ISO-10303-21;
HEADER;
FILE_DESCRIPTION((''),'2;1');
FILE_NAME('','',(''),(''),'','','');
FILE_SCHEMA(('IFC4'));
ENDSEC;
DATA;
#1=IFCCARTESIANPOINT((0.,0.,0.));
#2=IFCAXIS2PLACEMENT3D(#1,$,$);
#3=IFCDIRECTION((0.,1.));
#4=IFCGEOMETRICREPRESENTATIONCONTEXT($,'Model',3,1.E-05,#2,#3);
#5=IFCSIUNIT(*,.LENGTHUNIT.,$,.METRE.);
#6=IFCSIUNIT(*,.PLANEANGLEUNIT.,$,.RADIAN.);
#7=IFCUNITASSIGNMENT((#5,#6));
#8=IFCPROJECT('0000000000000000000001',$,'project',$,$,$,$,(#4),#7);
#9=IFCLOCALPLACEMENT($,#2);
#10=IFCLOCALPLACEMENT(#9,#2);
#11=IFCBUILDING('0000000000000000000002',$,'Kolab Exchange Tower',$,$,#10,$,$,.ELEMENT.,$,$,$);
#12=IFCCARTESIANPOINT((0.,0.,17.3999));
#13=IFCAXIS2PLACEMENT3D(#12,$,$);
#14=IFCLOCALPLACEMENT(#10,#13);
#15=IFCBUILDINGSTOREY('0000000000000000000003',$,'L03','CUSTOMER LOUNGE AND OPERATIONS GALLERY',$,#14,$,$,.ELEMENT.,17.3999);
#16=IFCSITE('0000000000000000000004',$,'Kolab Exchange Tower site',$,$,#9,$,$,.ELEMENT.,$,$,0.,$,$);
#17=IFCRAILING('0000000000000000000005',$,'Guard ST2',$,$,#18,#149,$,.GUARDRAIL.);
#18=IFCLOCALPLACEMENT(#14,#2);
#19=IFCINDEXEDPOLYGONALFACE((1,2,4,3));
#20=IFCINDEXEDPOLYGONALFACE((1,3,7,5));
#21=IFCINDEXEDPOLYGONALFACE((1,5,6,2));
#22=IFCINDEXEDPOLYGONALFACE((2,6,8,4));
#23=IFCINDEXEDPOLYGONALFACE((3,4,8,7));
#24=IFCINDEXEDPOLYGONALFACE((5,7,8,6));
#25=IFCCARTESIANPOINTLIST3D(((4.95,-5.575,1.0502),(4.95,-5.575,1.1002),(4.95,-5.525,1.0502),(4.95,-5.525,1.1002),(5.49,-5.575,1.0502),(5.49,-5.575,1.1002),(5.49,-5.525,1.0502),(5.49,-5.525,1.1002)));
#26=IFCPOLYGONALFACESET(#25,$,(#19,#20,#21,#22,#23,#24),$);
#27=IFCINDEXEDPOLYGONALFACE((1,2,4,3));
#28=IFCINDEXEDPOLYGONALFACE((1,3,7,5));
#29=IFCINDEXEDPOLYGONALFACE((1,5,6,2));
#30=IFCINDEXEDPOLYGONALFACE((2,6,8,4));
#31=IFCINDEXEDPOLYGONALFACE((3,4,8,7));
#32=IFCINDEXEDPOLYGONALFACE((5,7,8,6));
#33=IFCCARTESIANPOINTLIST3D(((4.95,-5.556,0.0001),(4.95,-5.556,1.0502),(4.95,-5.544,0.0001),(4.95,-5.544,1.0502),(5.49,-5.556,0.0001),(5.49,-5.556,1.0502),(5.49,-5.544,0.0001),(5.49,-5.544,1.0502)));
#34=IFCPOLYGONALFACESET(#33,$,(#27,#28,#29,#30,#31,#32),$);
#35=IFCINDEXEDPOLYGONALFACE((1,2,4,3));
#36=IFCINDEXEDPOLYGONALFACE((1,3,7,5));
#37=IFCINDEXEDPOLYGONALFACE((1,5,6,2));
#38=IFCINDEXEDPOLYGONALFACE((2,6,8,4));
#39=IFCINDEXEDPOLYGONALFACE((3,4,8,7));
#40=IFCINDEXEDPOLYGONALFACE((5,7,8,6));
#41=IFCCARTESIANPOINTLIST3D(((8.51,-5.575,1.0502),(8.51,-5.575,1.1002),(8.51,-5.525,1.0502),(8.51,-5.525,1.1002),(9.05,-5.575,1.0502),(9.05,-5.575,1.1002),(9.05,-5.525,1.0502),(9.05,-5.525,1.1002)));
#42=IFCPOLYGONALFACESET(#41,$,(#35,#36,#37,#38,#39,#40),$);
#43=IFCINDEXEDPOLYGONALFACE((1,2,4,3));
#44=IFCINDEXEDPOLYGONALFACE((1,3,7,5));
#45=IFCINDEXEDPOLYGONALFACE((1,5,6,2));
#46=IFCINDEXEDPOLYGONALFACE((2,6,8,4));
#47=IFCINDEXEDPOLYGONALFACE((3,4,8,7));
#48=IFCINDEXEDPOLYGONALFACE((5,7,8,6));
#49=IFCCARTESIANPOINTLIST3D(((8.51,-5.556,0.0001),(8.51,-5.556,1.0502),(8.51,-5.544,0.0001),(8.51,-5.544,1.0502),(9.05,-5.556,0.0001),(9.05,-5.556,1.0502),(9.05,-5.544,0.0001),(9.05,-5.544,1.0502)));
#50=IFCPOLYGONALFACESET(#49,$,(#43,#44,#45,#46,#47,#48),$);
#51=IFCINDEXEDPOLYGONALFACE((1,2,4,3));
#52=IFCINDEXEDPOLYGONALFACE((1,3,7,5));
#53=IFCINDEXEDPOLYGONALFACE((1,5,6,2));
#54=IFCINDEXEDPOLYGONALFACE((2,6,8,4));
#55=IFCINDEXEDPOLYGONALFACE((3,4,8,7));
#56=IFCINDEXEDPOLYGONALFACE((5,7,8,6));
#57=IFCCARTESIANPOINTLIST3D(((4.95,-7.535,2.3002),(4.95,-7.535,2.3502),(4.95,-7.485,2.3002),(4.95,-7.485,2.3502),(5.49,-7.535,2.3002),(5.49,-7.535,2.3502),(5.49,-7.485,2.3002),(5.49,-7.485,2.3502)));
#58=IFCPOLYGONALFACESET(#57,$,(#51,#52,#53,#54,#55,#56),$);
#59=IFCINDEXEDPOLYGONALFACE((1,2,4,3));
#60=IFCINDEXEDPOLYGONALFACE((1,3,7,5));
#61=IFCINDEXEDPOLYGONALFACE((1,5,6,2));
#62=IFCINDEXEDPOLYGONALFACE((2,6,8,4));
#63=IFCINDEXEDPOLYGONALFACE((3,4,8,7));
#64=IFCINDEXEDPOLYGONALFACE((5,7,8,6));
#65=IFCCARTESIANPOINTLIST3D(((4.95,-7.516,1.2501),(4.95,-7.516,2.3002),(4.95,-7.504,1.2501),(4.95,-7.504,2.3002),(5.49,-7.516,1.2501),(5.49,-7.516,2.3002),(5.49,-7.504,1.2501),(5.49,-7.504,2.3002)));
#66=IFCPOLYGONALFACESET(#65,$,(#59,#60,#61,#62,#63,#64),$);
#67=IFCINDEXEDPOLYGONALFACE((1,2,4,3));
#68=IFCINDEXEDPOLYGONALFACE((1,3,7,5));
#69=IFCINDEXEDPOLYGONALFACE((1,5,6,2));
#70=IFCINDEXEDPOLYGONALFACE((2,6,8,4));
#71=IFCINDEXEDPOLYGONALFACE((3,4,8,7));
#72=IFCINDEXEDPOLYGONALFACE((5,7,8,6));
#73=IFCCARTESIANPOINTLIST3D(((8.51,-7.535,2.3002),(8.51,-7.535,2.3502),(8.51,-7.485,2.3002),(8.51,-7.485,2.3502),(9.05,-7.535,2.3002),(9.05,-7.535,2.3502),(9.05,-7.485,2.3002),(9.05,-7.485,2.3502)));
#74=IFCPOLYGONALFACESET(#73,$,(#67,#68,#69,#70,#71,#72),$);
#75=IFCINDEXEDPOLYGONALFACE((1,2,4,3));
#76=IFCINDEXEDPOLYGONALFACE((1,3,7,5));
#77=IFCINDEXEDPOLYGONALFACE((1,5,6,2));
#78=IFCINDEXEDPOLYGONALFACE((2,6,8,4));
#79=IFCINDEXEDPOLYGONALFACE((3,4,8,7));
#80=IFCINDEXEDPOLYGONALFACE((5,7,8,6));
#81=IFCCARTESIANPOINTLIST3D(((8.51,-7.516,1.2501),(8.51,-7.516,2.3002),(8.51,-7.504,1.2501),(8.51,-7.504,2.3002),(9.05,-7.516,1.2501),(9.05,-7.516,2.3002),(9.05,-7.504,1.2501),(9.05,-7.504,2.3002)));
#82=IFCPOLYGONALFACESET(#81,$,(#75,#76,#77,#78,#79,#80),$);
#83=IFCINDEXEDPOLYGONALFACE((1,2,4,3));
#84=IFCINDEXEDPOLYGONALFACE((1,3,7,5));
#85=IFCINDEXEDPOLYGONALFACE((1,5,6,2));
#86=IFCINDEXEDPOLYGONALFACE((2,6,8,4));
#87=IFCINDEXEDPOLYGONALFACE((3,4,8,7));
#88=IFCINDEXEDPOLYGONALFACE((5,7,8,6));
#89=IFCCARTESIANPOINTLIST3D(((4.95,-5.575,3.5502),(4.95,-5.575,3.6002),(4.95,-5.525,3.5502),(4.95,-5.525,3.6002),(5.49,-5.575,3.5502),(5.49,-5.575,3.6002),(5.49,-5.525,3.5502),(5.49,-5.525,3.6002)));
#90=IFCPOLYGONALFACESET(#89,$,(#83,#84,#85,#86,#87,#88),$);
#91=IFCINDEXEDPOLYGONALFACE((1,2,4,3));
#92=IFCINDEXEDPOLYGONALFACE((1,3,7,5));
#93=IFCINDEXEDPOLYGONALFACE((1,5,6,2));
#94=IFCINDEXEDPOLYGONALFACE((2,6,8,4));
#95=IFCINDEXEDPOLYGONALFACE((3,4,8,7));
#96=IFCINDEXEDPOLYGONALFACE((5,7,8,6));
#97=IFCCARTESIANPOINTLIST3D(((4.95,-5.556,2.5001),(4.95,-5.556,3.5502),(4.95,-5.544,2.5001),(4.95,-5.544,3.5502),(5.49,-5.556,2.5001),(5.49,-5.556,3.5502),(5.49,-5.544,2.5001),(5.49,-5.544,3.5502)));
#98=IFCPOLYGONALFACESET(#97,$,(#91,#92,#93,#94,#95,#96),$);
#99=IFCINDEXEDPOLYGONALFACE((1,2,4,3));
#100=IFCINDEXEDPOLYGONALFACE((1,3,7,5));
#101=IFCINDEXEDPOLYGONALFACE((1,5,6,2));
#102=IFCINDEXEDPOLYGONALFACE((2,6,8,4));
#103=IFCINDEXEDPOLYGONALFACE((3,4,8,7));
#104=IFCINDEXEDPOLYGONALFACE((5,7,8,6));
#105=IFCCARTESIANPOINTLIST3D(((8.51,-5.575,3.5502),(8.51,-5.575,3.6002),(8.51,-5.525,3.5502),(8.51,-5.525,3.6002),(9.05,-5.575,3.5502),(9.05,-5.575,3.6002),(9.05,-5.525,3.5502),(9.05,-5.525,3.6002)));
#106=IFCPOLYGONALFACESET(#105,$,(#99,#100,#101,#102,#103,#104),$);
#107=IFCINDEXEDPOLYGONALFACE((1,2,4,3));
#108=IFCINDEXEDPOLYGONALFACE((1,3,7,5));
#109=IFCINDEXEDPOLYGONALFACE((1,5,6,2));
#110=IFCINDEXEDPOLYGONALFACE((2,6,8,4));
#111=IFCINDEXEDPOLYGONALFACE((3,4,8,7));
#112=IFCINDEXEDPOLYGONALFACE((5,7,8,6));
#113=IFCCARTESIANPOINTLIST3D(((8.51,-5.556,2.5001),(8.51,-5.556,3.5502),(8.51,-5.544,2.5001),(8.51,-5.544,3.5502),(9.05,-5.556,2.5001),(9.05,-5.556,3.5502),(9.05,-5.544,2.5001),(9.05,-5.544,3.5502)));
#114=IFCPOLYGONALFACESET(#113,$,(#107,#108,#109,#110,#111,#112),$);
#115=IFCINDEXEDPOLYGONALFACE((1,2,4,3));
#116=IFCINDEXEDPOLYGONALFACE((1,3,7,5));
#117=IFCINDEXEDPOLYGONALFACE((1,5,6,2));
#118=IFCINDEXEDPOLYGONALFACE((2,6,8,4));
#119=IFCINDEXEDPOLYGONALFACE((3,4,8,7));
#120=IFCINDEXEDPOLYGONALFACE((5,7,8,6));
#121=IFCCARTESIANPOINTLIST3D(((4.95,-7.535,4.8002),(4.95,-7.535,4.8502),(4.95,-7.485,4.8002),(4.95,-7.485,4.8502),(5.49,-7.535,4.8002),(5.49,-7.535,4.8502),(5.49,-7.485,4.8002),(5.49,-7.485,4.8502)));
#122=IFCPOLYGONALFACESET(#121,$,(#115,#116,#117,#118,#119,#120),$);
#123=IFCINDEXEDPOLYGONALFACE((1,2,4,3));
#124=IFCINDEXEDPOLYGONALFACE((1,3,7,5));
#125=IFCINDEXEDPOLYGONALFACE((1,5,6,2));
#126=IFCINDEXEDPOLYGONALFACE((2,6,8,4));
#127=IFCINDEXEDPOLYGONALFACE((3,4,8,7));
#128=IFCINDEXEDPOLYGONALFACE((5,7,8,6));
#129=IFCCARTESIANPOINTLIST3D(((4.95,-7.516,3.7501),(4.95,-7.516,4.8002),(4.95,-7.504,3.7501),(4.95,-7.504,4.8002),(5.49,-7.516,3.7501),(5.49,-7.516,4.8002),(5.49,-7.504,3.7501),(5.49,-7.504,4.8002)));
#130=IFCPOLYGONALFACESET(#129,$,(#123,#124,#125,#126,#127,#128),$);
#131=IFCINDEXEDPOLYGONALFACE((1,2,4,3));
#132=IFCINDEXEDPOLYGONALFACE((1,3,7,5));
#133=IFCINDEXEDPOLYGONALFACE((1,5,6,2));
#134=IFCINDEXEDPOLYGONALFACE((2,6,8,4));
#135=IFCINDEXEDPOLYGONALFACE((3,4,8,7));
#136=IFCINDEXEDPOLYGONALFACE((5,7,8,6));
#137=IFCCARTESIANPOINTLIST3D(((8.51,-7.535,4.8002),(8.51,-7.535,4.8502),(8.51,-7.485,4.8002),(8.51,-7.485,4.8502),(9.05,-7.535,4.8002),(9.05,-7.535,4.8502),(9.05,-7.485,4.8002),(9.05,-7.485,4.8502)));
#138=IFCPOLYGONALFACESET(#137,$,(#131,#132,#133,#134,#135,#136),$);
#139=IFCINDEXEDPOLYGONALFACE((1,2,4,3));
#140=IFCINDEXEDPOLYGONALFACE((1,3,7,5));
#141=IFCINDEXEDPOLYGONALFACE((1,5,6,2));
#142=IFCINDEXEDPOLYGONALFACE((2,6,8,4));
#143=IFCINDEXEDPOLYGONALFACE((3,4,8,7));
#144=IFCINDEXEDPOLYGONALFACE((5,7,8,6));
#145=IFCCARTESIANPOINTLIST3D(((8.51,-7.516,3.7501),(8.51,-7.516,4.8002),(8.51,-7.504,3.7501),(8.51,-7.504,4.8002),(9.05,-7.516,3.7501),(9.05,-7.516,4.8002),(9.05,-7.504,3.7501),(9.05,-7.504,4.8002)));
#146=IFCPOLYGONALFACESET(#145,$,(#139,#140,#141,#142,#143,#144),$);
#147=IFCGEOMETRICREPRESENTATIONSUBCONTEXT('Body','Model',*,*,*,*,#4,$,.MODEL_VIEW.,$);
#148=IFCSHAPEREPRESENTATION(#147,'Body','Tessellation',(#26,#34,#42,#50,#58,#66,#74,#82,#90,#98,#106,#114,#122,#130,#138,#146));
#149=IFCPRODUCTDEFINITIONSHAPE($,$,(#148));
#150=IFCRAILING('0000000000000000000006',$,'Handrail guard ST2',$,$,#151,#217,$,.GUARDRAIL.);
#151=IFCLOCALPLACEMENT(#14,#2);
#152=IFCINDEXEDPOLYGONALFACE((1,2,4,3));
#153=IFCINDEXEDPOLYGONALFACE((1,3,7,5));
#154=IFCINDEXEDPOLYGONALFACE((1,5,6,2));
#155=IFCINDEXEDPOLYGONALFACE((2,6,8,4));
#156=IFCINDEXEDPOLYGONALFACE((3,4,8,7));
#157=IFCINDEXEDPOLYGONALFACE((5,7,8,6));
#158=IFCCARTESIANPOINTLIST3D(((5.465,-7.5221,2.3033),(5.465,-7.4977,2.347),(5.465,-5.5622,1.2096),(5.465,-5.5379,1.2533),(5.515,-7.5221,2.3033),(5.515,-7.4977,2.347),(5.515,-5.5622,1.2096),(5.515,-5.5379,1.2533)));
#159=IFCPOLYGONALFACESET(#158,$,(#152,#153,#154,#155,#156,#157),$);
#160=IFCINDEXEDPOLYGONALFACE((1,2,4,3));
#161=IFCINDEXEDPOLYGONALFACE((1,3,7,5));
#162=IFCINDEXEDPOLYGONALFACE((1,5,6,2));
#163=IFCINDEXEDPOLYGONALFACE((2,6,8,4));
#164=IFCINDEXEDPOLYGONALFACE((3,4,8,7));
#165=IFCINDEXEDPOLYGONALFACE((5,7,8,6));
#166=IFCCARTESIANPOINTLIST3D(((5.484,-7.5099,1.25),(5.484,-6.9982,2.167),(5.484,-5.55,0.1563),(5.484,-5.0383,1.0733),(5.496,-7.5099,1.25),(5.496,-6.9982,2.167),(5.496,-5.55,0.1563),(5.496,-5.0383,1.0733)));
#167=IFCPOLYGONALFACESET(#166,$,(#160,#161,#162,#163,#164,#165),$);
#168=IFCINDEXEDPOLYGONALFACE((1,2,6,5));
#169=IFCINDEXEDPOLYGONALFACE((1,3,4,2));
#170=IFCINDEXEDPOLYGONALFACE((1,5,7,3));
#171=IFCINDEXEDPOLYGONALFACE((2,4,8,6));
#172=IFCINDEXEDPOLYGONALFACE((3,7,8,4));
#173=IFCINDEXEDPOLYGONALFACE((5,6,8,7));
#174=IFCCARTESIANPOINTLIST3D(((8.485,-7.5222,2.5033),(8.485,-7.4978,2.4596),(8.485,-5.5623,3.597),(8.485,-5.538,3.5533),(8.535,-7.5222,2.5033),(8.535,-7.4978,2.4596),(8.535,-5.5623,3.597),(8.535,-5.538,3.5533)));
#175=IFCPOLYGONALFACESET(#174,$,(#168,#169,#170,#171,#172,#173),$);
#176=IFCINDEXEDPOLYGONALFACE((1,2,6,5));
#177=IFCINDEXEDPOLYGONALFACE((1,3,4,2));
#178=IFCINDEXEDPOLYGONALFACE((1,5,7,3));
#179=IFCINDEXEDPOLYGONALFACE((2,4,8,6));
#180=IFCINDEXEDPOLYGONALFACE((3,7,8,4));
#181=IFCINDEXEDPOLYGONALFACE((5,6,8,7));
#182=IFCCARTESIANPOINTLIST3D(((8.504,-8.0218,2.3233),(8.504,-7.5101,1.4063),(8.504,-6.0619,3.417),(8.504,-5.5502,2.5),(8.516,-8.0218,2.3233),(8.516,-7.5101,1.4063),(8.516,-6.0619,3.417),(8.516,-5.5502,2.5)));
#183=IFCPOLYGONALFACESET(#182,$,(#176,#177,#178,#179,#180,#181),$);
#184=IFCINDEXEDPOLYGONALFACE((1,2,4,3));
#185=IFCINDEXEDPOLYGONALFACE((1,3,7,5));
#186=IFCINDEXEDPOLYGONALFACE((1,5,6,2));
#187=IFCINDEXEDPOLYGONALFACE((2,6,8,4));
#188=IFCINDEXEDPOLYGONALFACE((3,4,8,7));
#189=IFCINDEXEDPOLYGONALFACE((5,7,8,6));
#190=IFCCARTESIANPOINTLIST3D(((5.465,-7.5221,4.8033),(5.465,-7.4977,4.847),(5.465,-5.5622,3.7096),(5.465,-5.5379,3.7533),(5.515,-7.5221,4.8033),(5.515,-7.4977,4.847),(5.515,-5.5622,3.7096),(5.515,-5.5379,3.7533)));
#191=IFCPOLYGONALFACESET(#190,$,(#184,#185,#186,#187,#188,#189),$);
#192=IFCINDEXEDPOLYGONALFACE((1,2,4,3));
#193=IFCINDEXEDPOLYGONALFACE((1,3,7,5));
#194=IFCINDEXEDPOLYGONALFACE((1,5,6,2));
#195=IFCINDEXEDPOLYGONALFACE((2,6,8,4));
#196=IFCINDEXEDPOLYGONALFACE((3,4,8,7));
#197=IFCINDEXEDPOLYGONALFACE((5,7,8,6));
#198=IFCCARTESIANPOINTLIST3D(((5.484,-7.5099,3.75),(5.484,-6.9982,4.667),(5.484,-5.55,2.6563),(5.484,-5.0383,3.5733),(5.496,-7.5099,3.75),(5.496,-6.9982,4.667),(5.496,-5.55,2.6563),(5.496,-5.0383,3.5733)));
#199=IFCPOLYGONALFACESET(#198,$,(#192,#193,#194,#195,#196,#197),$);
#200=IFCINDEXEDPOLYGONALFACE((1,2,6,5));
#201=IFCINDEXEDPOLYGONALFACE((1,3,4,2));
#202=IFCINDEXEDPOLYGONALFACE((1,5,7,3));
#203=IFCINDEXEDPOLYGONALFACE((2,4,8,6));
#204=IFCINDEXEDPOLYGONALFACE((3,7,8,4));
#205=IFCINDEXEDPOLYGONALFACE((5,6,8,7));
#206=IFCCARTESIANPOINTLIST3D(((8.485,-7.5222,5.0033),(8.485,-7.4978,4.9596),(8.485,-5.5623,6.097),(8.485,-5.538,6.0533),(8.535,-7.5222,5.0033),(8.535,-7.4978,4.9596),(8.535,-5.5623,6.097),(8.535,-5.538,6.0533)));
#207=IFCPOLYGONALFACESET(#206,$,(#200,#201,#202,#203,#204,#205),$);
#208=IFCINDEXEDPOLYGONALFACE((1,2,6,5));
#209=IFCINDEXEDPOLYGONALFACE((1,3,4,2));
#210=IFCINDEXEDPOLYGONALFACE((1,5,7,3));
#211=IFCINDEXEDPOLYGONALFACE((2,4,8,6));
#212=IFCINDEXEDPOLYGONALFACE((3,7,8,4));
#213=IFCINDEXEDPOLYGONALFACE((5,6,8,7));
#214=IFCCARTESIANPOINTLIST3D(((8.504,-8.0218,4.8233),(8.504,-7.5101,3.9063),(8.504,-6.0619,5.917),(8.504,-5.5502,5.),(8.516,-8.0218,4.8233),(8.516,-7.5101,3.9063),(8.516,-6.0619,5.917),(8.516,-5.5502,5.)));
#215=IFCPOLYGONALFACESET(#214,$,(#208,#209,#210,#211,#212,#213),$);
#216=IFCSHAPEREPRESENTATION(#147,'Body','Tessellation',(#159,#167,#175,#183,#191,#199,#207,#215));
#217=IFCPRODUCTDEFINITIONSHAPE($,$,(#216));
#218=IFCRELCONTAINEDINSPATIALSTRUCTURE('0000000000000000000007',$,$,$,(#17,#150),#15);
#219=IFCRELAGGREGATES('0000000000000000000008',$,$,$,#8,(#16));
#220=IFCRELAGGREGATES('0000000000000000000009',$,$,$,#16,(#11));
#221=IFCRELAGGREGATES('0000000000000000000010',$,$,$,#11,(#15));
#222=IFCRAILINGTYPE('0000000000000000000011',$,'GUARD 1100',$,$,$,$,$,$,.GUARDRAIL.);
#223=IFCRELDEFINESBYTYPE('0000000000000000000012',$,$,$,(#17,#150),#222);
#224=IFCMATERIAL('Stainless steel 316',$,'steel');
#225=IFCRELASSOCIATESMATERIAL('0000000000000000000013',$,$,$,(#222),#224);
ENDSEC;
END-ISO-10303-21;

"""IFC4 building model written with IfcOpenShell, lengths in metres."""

from ifc_helpers import new_model, si_unit, direction, frame, frame_2d, origin, origin_2d, place, context, subcontext, project, spatial, rectangle, extrude, material, type_object, element, save


model = new_model("IFC4")

# Units and contexts
model_context = context("Model", 3, precision=1e-05, world=origin(), true_north=direction((0.0, 1.0)))
body_context = subcontext(model_context, "Body", "Model", "MODEL_VIEW")
ifc_project = project(units=[si_unit("LENGTHUNIT", "METRE"), si_unit("PLANEANGLEUNIT", "RADIAN")], contexts=[model_context])

# Site, building, storey
site_placement = place(None, origin())
site = spatial("IfcSite", under=ifc_project, at=site_placement, Name="Kolab Exchange Tower site", CompositionType="ELEMENT", RefElevation=0.0)
building_placement = place(site_placement, origin())
building = spatial("IfcBuilding", under=site, at=building_placement, Name="Kolab Exchange Tower", CompositionType="ELEMENT")
storey_placement = place(building_placement, frame((0.0, 0.0, 17.3999)))
storey = spatial("IfcBuildingStorey", under=building, at=storey_placement, Name="L03", Description="CUSTOMER LOUNGE AND OPERATIONS GALLERY", CompositionType="ELEMENT", Elevation=17.3999)

# Shared definitions
ifc_material_1 = material(Name="Stainless steel 316", Category="steel")

# Railings
railing_type = type_object("IfcRailingType", Name="GUARD 1100", PredefinedType="GUARDRAIL", material=ifc_material_1)
railing_1_placement = place(storey_placement, frame((4.95, -5.55, 0.0)))
element("IfcRailing", 1, at=railing_1_placement, inside=storey, type_object=railing_type, Name="Guard ST2", PredefinedType="GUARDRAIL", context=body_context, shape_type="SweptSolid", body=[
    extrude(rectangle(XDim=0.05, YDim=0.05, at=origin_2d()), frame((0.0, 0.0, 1.0752), z_axis=(1.0, 0.0, 0.0), x_axis=(0.0, 1.0, 0.0)), (0.0, 0.0, 1.0), 0.54),
    extrude(rectangle(XDim=0.012, YDim=1.0501, at=frame_2d((0.0, 0.5251))), frame((0.0, 0.0, 0.0), z_axis=(1.0, 0.0, 0.0), x_axis=(0.0, 1.0, 0.0)), (0.0, 0.0, 1.0), 0.54),
    extrude(rectangle(XDim=0.05, YDim=0.05, at=origin_2d()), frame((3.5601, 0.0, 1.0752), z_axis=(1.0, 0.0, 0.0), x_axis=(0.0, 1.0, 0.0)), (0.0, 0.0, 1.0), 0.54),
    extrude(rectangle(XDim=0.012, YDim=1.0501, at=frame_2d((0.0, 0.5251))), frame((3.5601, 0.0, 0.0), z_axis=(1.0, 0.0, 0.0), x_axis=(0.0, 1.0, 0.0)), (0.0, 0.0, 1.0), 0.54),
    extrude(rectangle(XDim=0.05, YDim=0.05, at=origin_2d()), frame((0.0, -1.96, 2.3252), z_axis=(1.0, 0.0, 0.0), x_axis=(0.0, 1.0, 0.0)), (0.0, 0.0, 1.0), 0.54),
    extrude(rectangle(XDim=0.012, YDim=1.0501, at=frame_2d((0.0, 0.5251))), frame((0.0, -1.96, 1.25), z_axis=(1.0, 0.0, 0.0), x_axis=(0.0, 1.0, 0.0)), (0.0, 0.0, 1.0), 0.54),
    extrude(rectangle(XDim=0.05, YDim=0.05, at=origin_2d()), frame((3.5601, -1.96, 2.3252), z_axis=(1.0, 0.0, 0.0), x_axis=(0.0, 1.0, 0.0)), (0.0, 0.0, 1.0), 0.54),
    extrude(rectangle(XDim=0.012, YDim=1.0501, at=frame_2d((0.0, 0.5251))), frame((3.5601, -1.96, 1.25), z_axis=(1.0, 0.0, 0.0), x_axis=(0.0, 1.0, 0.0)), (0.0, 0.0, 1.0), 0.54),
    extrude(rectangle(XDim=0.05, YDim=0.05, at=origin_2d()), frame((0.0, 0.0, 3.5752), z_axis=(1.0, 0.0, 0.0), x_axis=(0.0, 1.0, 0.0)), (0.0, 0.0, 1.0), 0.54),
    extrude(rectangle(XDim=0.012, YDim=1.0501, at=frame_2d((0.0, 0.5251))), frame((0.0, 0.0, 2.5), z_axis=(1.0, 0.0, 0.0), x_axis=(0.0, 1.0, 0.0)), (0.0, 0.0, 1.0), 0.54),
    extrude(rectangle(XDim=0.05, YDim=0.05, at=origin_2d()), frame((3.5601, 0.0, 3.5752), z_axis=(1.0, 0.0, 0.0), x_axis=(0.0, 1.0, 0.0)), (0.0, 0.0, 1.0), 0.54),
    extrude(rectangle(XDim=0.012, YDim=1.0501, at=frame_2d((0.0, 0.5251))), frame((3.5601, 0.0, 2.5), z_axis=(1.0, 0.0, 0.0), x_axis=(0.0, 1.0, 0.0)), (0.0, 0.0, 1.0), 0.54),
    extrude(rectangle(XDim=0.05, YDim=0.05, at=origin_2d()), frame((0.0, -1.96, 4.8252), z_axis=(1.0, 0.0, 0.0), x_axis=(0.0, 1.0, 0.0)), (0.0, 0.0, 1.0), 0.54),
    extrude(rectangle(XDim=0.012, YDim=1.0501, at=frame_2d((0.0, 0.5251))), frame((0.0, -1.96, 3.75), z_axis=(1.0, 0.0, 0.0), x_axis=(0.0, 1.0, 0.0)), (0.0, 0.0, 1.0), 0.54),
    extrude(rectangle(XDim=0.05, YDim=0.05, at=origin_2d()), frame((3.5601, -1.96, 4.8252), z_axis=(1.0, 0.0, 0.0), x_axis=(0.0, 1.0, 0.0)), (0.0, 0.0, 1.0), 0.54),
    extrude(rectangle(XDim=0.012, YDim=1.0501, at=frame_2d((0.0, 0.5251))), frame((3.5601, -1.96, 3.75), z_axis=(1.0, 0.0, 0.0), x_axis=(0.0, 1.0, 0.0)), (0.0, 0.0, 1.0), 0.54),
])
railing_2_placement = place(storey_placement, frame((5.49, -5.55, 0.1562)))
element("IfcRailing", 2, at=railing_2_placement, inside=storey, type_object=railing_type, Name="Handrail guard ST2", PredefinedType="GUARDRAIL", context=body_context, shape_type="SweptSolid", body=[
    extrude(rectangle(XDim=0.05, YDim=0.05, at=origin_2d()), frame((0.0, 0.0, 1.0752), z_axis=(0.0, -0.873232, 0.487304), x_axis=(1.0, 0.0, 0.0)), (0.0, 0.0, 1.0), 2.2444),
    extrude(rectangle(XDim=0.012, YDim=1.0501, at=frame_2d((0.0, 0.5251))), frame((0.0, 0.0, 0.0), z_axis=(0.0, -0.873232, 0.487304), x_axis=(1.0, 0.0, 0.0)), (0.0, 0.0, 1.0), 2.2444),
    extrude(rectangle(XDim=0.05, YDim=0.05, at=origin_2d()), frame((3.02, -1.96, 2.3252), z_axis=(0.0, 0.873232, 0.487304), x_axis=(-1.0, 0.0, 0.0)), (0.0, 0.0, 1.0), 2.2444),
    extrude(rectangle(XDim=0.012, YDim=1.0501, at=frame_2d((0.0, 0.5251))), frame((3.02, -1.96, 1.25), z_axis=(0.0, 0.873232, 0.487304), x_axis=(-1.0, 0.0, 0.0)), (0.0, 0.0, 1.0), 2.2444),
    extrude(rectangle(XDim=0.05, YDim=0.05, at=origin_2d()), frame((0.0, 0.0, 3.5752), z_axis=(0.0, -0.873232, 0.487304), x_axis=(1.0, 0.0, 0.0)), (0.0, 0.0, 1.0), 2.2444),
    extrude(rectangle(XDim=0.012, YDim=1.0501, at=frame_2d((0.0, 0.5251))), frame((0.0, 0.0, 2.5), z_axis=(0.0, -0.873232, 0.487304), x_axis=(1.0, 0.0, 0.0)), (0.0, 0.0, 1.0), 2.2444),
    extrude(rectangle(XDim=0.05, YDim=0.05, at=origin_2d()), frame((3.02, -1.96, 4.8252), z_axis=(0.0, 0.873232, 0.487304), x_axis=(-1.0, 0.0, 0.0)), (0.0, 0.0, 1.0), 2.2444),
    extrude(rectangle(XDim=0.012, YDim=1.0501, at=frame_2d((0.0, 0.5251))), frame((3.02, -1.96, 3.75), z_axis=(0.0, 0.873232, 0.487304), x_axis=(-1.0, 0.0, 0.0)), (0.0, 0.0, 1.0), 2.2444),
])

save(model, "model.ifc")
